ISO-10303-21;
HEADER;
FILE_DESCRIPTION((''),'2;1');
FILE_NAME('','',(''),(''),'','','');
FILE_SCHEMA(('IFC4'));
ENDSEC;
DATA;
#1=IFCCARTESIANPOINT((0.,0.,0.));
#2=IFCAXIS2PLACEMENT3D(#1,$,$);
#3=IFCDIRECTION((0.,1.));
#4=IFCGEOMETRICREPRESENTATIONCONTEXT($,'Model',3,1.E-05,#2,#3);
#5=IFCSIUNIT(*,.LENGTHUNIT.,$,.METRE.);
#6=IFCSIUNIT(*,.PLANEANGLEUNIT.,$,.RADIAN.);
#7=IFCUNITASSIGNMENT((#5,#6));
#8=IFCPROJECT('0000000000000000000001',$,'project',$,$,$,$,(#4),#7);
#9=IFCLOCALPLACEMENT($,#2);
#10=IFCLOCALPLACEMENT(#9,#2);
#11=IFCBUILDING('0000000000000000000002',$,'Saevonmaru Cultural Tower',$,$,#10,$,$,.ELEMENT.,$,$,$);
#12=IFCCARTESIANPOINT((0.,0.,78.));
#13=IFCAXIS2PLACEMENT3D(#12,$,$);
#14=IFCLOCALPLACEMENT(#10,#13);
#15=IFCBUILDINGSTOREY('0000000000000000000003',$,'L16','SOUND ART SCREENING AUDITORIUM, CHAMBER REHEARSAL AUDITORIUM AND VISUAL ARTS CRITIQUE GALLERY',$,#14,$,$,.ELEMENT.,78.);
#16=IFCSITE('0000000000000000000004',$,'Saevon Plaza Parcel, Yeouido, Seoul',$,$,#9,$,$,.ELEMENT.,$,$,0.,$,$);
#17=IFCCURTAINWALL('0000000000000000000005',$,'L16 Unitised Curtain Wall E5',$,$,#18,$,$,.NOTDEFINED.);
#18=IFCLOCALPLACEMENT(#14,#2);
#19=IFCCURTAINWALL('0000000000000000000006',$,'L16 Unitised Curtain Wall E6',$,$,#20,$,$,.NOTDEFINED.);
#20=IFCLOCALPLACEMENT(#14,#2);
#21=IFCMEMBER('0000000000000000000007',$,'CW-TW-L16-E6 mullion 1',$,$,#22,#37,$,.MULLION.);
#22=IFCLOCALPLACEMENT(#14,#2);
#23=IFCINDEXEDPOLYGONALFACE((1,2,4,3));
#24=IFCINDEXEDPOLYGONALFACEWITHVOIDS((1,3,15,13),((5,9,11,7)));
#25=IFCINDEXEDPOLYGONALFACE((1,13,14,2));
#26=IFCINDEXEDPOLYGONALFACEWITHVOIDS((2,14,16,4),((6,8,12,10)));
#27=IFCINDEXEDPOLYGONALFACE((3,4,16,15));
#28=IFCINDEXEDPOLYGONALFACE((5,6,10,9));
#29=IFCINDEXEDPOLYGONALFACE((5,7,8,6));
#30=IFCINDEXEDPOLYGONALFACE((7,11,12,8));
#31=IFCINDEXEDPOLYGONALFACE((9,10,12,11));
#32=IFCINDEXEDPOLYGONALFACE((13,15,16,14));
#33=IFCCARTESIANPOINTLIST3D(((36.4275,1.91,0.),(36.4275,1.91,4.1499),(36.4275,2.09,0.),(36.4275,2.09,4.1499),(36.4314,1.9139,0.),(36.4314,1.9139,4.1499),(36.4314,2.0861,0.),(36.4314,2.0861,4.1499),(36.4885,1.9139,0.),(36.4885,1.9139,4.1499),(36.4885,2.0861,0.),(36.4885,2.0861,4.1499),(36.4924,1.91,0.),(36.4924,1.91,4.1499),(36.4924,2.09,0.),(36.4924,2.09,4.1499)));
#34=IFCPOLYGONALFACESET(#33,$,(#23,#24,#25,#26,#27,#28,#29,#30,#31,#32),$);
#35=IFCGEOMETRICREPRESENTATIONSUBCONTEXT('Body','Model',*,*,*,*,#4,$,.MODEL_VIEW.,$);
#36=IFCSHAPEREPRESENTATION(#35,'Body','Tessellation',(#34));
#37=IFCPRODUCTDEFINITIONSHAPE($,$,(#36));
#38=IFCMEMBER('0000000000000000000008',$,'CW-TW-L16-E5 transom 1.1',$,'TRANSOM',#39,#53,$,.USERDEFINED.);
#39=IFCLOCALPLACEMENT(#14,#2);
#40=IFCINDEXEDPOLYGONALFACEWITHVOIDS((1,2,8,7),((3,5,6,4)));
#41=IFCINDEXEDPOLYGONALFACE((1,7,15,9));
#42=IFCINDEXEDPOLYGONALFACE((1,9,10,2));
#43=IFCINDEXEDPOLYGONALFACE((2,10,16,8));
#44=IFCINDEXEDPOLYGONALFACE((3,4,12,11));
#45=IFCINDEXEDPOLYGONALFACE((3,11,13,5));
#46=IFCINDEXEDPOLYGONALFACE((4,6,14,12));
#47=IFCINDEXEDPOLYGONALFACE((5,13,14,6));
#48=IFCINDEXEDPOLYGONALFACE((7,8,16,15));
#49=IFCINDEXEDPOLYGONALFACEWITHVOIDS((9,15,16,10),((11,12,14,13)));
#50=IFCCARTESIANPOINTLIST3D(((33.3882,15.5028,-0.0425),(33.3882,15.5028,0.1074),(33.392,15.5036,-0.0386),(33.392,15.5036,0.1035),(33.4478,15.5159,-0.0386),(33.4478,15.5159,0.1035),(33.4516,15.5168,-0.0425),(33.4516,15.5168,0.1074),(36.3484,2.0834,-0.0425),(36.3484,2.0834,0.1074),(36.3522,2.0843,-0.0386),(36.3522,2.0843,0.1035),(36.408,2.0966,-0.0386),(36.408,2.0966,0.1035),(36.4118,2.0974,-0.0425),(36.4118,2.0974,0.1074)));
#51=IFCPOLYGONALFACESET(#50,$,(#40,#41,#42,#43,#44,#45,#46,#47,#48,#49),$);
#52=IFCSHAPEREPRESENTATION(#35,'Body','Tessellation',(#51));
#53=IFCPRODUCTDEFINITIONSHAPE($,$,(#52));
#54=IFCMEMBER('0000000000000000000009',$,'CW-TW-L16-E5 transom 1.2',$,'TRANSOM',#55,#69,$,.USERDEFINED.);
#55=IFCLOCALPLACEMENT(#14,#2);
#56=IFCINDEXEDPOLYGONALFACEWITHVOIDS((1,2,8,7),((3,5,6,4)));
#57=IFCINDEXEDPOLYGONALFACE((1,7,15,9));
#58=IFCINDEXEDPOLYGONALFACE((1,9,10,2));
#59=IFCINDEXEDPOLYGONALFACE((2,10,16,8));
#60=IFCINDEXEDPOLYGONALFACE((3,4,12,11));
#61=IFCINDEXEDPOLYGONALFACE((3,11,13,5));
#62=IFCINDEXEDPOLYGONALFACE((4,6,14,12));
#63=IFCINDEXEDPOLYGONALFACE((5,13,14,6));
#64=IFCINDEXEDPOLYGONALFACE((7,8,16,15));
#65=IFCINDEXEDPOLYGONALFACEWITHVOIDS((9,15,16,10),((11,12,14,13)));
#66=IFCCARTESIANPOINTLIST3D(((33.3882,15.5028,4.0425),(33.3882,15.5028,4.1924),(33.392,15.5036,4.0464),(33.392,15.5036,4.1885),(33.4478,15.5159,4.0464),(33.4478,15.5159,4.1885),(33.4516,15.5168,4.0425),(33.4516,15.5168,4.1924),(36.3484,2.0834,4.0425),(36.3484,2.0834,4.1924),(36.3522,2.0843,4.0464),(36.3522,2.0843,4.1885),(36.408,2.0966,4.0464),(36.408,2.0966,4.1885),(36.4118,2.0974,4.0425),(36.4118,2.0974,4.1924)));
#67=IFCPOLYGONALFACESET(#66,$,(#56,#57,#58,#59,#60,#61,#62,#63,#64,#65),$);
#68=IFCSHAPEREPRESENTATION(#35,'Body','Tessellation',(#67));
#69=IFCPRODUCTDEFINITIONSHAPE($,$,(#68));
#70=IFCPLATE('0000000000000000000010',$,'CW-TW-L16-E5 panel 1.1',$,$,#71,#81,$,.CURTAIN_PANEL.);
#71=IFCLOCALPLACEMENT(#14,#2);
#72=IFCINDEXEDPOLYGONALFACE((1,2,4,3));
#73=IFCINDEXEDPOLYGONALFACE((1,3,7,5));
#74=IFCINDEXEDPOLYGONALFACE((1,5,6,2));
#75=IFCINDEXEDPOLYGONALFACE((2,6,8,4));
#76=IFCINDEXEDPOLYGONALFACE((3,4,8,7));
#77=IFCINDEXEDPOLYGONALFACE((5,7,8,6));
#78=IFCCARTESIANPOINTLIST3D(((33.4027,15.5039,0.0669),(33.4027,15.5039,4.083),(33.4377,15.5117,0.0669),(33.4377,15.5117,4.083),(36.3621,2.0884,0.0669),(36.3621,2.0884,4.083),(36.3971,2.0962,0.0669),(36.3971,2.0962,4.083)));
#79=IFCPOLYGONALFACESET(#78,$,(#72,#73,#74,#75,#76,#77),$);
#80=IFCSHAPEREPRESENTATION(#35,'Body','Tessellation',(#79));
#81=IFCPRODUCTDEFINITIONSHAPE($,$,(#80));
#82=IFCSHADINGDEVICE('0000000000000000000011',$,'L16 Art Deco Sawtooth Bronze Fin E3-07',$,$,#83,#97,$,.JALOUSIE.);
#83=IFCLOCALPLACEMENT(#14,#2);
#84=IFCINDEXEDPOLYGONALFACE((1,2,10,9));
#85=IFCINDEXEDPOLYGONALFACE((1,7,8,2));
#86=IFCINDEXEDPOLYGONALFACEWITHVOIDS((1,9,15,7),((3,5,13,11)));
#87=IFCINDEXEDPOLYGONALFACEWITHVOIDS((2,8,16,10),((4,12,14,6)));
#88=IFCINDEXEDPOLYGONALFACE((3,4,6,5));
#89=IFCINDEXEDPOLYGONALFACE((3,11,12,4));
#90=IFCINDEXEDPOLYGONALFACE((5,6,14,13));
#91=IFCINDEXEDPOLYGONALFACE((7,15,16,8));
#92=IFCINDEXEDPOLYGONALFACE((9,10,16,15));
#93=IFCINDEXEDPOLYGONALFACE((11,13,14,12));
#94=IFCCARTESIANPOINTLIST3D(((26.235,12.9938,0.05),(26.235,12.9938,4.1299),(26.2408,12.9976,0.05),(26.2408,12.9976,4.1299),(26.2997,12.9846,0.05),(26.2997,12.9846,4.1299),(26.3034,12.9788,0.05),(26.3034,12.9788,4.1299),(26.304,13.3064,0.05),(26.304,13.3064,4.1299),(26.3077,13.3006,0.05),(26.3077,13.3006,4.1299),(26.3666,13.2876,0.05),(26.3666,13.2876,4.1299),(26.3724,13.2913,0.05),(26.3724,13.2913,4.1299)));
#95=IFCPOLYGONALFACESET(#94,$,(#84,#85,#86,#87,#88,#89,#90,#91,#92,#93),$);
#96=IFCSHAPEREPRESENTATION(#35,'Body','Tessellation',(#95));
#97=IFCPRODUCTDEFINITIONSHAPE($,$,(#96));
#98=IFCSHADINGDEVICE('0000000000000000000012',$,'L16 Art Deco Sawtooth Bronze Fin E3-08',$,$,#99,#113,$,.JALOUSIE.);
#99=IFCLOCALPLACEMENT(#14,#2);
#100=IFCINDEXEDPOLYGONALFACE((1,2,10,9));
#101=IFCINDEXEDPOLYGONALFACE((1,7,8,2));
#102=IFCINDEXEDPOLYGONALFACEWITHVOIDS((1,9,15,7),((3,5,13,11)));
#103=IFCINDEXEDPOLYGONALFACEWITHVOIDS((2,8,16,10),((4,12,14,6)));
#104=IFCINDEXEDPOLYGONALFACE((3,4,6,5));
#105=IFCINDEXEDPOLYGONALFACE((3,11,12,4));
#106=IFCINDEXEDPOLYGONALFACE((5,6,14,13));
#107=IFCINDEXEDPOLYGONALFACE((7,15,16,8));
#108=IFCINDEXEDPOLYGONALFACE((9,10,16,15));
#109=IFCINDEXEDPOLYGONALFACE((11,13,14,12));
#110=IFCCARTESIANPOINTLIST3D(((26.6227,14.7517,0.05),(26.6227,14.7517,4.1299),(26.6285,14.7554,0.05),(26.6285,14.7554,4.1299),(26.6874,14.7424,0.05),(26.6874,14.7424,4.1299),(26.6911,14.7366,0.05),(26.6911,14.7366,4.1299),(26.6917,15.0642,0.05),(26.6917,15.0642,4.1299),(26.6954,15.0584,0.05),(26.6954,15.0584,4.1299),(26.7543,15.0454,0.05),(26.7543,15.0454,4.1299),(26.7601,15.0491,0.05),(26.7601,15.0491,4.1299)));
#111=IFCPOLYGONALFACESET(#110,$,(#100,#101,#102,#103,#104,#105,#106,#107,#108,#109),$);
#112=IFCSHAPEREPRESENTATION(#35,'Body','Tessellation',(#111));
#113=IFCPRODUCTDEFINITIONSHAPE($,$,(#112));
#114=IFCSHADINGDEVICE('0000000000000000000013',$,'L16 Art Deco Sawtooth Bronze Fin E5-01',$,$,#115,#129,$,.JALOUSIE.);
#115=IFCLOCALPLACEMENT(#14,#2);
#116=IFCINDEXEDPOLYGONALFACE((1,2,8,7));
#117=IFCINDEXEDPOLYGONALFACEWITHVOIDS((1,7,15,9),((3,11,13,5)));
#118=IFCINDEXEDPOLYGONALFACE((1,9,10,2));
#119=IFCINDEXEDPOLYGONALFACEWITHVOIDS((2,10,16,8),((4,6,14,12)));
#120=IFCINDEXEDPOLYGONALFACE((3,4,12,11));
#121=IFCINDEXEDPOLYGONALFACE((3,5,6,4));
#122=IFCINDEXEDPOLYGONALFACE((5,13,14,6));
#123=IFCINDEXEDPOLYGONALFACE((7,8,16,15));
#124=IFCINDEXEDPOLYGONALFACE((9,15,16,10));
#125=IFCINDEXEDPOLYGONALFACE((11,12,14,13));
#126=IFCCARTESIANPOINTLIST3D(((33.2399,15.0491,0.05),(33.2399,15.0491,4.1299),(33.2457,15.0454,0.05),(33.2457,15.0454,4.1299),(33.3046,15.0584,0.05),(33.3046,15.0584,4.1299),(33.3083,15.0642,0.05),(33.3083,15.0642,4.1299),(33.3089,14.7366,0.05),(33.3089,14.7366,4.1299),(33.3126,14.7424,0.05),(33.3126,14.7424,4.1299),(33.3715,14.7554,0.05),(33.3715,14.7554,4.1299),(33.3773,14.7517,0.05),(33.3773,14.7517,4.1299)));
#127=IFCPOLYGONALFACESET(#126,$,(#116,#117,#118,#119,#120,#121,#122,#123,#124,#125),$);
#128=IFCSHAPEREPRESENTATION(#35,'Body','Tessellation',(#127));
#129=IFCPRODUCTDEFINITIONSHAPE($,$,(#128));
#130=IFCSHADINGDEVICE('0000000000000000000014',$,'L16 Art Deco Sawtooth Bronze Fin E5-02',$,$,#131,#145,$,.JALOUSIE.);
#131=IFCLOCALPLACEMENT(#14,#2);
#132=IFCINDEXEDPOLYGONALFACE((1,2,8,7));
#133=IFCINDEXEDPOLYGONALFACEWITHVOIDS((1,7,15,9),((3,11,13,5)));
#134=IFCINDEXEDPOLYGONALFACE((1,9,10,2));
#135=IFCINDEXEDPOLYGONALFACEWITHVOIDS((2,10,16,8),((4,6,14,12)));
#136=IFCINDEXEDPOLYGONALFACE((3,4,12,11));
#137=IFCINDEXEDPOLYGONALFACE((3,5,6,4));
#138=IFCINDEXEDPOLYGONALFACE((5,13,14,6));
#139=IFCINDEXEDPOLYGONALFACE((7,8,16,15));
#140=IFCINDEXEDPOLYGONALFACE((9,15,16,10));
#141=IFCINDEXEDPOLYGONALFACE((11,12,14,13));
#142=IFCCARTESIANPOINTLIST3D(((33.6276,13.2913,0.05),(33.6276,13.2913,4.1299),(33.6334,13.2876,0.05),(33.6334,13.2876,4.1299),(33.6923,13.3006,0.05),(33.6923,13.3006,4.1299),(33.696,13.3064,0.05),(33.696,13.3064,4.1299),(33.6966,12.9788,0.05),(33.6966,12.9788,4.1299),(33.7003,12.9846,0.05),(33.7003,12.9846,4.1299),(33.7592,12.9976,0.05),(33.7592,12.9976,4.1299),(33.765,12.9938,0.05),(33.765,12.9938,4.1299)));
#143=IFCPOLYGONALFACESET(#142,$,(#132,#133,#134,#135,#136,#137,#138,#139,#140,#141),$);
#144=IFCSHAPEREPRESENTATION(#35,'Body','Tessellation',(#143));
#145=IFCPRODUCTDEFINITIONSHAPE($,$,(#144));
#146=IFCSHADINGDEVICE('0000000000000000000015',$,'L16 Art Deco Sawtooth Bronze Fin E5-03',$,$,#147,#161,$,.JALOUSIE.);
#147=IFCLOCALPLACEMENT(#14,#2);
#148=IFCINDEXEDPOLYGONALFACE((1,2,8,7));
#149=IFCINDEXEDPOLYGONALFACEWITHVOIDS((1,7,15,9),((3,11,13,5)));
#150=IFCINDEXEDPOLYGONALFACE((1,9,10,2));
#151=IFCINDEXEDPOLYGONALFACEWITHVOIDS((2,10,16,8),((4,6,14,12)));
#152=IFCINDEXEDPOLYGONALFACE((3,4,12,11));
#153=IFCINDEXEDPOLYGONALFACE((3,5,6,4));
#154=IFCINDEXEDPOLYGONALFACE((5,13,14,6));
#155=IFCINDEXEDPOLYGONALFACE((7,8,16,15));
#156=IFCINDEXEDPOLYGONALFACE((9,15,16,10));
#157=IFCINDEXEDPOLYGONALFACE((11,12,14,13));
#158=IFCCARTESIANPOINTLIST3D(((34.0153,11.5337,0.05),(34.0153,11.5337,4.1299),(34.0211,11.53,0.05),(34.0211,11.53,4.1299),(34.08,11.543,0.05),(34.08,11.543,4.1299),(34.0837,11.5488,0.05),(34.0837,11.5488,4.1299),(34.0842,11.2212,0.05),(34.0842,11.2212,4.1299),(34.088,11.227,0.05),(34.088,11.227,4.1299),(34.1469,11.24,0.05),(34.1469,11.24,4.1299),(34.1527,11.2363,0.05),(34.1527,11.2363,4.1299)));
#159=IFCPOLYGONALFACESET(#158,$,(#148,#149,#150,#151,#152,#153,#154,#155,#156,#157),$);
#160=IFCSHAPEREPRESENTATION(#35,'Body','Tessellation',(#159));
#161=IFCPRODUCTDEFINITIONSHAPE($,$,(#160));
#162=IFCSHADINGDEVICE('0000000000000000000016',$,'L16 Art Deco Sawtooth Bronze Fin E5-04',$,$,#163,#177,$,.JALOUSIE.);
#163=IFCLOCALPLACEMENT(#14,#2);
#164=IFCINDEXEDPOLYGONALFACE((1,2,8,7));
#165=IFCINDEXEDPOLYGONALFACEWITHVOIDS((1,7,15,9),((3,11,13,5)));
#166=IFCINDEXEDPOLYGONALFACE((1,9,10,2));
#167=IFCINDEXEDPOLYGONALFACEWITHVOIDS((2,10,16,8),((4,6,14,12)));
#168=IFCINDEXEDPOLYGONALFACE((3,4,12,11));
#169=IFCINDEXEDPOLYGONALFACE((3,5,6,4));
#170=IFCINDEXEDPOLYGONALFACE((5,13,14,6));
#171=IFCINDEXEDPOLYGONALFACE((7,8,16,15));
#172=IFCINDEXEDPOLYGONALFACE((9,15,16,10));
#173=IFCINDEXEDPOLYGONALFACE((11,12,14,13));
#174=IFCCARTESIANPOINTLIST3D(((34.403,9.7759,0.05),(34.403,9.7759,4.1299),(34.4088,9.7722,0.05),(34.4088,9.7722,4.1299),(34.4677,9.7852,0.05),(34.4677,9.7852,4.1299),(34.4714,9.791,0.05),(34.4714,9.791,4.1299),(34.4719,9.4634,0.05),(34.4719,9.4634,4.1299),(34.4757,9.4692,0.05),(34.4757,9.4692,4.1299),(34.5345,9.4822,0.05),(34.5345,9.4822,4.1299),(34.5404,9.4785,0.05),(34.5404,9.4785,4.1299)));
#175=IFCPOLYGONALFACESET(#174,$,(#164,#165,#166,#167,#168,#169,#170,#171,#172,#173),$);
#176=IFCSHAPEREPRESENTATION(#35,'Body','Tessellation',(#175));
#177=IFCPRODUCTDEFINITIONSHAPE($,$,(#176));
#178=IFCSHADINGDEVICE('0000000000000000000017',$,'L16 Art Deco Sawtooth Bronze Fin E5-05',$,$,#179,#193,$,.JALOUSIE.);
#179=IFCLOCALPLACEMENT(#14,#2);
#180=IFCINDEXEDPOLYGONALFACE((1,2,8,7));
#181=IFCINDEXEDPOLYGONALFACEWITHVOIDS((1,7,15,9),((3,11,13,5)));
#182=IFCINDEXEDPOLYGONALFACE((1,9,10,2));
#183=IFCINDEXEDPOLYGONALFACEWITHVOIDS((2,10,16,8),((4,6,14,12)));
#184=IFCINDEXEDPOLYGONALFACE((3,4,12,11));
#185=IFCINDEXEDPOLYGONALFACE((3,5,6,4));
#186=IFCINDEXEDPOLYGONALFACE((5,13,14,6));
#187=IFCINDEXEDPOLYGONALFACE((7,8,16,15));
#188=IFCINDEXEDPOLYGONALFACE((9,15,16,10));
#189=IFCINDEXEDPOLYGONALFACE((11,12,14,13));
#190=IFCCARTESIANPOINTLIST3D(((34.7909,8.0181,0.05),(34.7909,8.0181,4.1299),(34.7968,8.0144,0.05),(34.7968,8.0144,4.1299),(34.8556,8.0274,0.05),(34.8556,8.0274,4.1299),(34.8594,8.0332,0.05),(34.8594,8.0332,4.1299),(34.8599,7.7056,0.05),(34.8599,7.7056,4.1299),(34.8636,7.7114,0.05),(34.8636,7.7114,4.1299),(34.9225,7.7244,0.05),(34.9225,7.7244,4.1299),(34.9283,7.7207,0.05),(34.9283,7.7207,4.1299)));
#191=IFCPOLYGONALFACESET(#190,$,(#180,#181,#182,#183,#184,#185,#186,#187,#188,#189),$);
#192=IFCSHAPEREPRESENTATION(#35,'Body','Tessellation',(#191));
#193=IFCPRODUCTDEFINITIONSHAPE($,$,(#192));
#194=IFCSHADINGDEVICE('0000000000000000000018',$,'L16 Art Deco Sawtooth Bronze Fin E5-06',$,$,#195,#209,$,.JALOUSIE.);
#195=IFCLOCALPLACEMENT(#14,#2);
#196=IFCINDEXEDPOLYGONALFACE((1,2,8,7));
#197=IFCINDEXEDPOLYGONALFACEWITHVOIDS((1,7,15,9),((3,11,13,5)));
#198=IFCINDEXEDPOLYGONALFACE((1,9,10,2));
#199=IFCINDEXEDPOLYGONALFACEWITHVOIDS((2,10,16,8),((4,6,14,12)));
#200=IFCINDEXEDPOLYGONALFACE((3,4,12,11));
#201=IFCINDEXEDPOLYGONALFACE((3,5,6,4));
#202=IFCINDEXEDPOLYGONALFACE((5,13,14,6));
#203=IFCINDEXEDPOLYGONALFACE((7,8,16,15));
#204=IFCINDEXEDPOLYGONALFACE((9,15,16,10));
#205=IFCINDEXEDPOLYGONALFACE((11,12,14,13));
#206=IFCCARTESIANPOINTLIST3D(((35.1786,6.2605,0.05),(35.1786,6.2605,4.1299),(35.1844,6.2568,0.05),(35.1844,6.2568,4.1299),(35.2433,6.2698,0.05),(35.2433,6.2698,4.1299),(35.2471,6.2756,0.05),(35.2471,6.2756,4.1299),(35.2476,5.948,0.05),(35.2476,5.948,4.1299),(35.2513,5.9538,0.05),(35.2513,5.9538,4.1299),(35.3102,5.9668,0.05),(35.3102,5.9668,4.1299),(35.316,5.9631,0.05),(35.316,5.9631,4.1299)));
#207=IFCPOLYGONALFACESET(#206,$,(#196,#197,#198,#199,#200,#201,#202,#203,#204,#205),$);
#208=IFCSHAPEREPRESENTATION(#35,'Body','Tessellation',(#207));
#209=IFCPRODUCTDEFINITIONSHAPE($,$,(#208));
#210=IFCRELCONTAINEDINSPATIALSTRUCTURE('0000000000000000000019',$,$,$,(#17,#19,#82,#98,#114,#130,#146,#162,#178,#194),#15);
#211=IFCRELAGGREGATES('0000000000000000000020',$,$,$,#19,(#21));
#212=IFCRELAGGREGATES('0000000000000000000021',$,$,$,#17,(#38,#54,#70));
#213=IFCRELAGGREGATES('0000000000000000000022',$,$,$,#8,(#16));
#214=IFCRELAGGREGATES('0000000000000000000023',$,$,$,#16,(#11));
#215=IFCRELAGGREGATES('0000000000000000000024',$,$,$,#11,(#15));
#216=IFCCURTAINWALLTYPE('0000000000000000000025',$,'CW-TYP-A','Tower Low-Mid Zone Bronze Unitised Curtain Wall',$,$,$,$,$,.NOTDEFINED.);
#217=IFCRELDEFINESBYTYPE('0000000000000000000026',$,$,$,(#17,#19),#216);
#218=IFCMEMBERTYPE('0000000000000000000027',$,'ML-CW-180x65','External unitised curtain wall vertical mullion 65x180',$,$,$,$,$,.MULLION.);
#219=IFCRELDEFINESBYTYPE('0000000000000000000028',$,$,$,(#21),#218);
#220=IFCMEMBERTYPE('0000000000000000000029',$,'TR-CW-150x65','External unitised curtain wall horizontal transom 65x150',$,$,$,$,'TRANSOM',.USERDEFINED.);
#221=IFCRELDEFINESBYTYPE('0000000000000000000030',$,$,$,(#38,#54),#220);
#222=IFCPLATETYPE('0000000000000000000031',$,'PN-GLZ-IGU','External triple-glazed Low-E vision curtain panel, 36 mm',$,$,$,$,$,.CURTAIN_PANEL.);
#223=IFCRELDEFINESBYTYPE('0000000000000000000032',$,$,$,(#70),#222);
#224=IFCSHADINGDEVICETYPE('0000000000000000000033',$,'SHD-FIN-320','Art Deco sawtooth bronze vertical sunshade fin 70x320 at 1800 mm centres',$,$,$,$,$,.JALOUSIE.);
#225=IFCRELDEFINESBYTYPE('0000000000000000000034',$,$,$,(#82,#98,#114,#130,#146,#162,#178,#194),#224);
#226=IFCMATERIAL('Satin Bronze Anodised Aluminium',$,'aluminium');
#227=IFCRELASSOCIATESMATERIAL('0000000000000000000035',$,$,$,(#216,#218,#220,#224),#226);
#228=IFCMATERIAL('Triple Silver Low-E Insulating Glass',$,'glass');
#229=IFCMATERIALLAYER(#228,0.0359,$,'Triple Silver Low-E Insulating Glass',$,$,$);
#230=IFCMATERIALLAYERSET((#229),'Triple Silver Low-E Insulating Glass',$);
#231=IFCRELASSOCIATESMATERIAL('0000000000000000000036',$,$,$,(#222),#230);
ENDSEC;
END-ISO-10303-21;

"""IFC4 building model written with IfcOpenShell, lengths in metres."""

from ifc_helpers import new_model, si_unit, direction, frame, origin, origin_2d, place, context, subcontext, project, spatial, rectangle, hollow_rectangle, extrude, material, layer, layer_set, material_profile, profile_set, type_object, element, aggregate, save


model = new_model("IFC4")

# Units and contexts
model_context = context("Model", 3, precision=1e-05, world=origin(), true_north=direction((0.0, 1.0)))
body_context = subcontext(model_context, "Body", "Model", "MODEL_VIEW")
ifc_project = project(units=[si_unit("LENGTHUNIT", "METRE"), si_unit("PLANEANGLEUNIT", "RADIAN")], contexts=[model_context])

# Site, building, storey
site_placement = place(None, origin())
site = spatial("IfcSite", under=ifc_project, at=site_placement, Name="Saevon Plaza Parcel, Yeouido, Seoul", CompositionType="ELEMENT", RefElevation=0.0)
building_placement = place(site_placement, origin())
building = spatial("IfcBuilding", under=site, at=building_placement, Name="Saevonmaru Cultural Tower", CompositionType="ELEMENT")
storey_placement = place(building_placement, frame((0.0, 0.0, 78.0)))
storey = spatial("IfcBuildingStorey", under=building, at=storey_placement, Name="L16", Description="SOUND ART SCREENING AUDITORIUM, CHAMBER REHEARSAL AUDITORIUM AND VISUAL ARTS CRITIQUE GALLERY", CompositionType="ELEMENT", Elevation=78.0)

# Shared definitions
ifc_material_1 = material(Name="Satin Bronze Anodised Aluminium", Category="aluminium")
curtain_wall_type = type_object("IfcCurtainWallType", Name="CW-TYP-A", Description="Tower Low-Mid Zone Bronze Unitised Curtain Wall", PredefinedType="NOTDEFINED", material=ifc_material_1)
ifc_material_profile_1 = material_profile(ifc_material_1, hollow_rectangle(XDim=0.0649, YDim=0.1799, WallThickness=0.0039, at=origin_2d()), Name="ALU-MULL-180x65x4")
ifc_profile_set_1 = profile_set([ifc_material_profile_1], Name="Satin Bronze Anodised Aluminium")
member_type_1 = type_object("IfcMemberType", Name="ML-CW-180x65", Description="External unitised curtain wall vertical mullion 65x180", PredefinedType="MULLION", material=ifc_profile_set_1)

# Curtain wall
curtain_wall_1_placement = place(storey_placement, origin())
curtain_wall_1 = element("IfcCurtainWall", 1, at=curtain_wall_1_placement, inside=storey, type_object=curtain_wall_type, Name="L16 Unitised Curtain Wall E5", PredefinedType="NOTDEFINED")

# Curtain wall, member
curtain_wall_2_placement = place(storey_placement, origin())
curtain_wall_2 = element("IfcCurtainWall", 2, at=curtain_wall_2_placement, inside=storey, type_object=curtain_wall_type, Name="L16 Unitised Curtain Wall E6", PredefinedType="NOTDEFINED")
member_1_placement = place(storey_placement, frame((36.46, 2.0, 0.0), z_axis=(0.0, 0.0, 1.0), x_axis=(1.0, 0.0, 0.0)))
member_1 = element("IfcMember", 3, at=member_1_placement, type_object=member_type_1, Name="CW-TW-L16-E6 mullion 1", PredefinedType="MULLION", context=body_context, shape_type="SweptSolid", body=[
    extrude(hollow_rectangle(XDim=0.0649, YDim=0.1799, WallThickness=0.0039, at=origin_2d()), origin(), (0.0, 0.0, 1.0), 4.1499),
])
aggregate(curtain_wall_2, [member_1])

# Members
ifc_material_profile_2 = material_profile(ifc_material_1, hollow_rectangle(XDim=0.0649, YDim=0.1499, WallThickness=0.0039, at=origin_2d()), Name="ALU-TRAN-150x65x4")
ifc_profile_set_2 = profile_set([ifc_material_profile_2], Name="Satin Bronze Anodised Aluminium")
member_type_2 = type_object("IfcMemberType", Name="TR-CW-150x65", Description="External unitised curtain wall horizontal transom 65x150", ElementType="TRANSOM", PredefinedType="USERDEFINED", material=ifc_profile_set_2)
member_2_placement = place(storey_placement, frame((33.4199, 15.5098, 0.0325), z_axis=(0.215412, -0.976523, 0.0), x_axis=(0.976523, 0.215412, 0.0)))
member_2 = element("IfcMember", 4, at=member_2_placement, type_object=member_type_2, Name="CW-TW-L16-E5 transom 1.1", ObjectType="TRANSOM", PredefinedType="USERDEFINED", context=body_context, shape_type="SweptSolid", body=[
    extrude(hollow_rectangle(XDim=0.0649, YDim=0.1499, WallThickness=0.0039, at=origin_2d()), origin(), (0.0, 0.0, 1.0), 13.7419),
])
member_3_placement = place(storey_placement, frame((33.4199, 15.5098, 4.1174), z_axis=(0.215412, -0.976523, 0.0), x_axis=(0.976523, 0.215412, 0.0)))
member_3 = element("IfcMember", 5, at=member_3_placement, type_object=member_type_2, Name="CW-TW-L16-E5 transom 1.2", ObjectType="TRANSOM", PredefinedType="USERDEFINED", context=body_context, shape_type="SweptSolid", body=[
    extrude(hollow_rectangle(XDim=0.0649, YDim=0.1499, WallThickness=0.0039, at=origin_2d()), origin(), (0.0, 0.0, 1.0), 13.7419),
])

# Plate
ifc_material_2 = material(Name="Triple Silver Low-E Insulating Glass", Category="glass")
ifc_layer_1 = layer(ifc_material_2, 0.0359, Name="Triple Silver Low-E Insulating Glass")
ifc_layer_set_1 = layer_set([ifc_layer_1], Name="Triple Silver Low-E Insulating Glass")
plate_type = type_object("IfcPlateType", Name="PN-GLZ-IGU", Description="External triple-glazed Low-E vision curtain panel, 36 mm", PredefinedType="CURTAIN_PANEL", material=ifc_layer_set_1)
plate_placement = place(storey_placement, frame((34.8999, 8.8, 0.0669), z_axis=(0.0, 0.0, 1.0), x_axis=(0.215413, -0.976523, 0.0)))
plate = element("IfcPlate", 6, at=plate_placement, type_object=plate_type, Name="CW-TW-L16-E5 panel 1.1", PredefinedType="CURTAIN_PANEL", context=body_context, shape_type="SweptSolid", body=[
    extrude(rectangle(XDim=13.738, YDim=0.0359, at=origin_2d()), origin(), (0.0, 0.0, 1.0), 4.0161),
])
aggregate(curtain_wall_1, [member_2, member_3, plate])

# Shading devices
ifc_material_profile_3 = material_profile(ifc_material_1, hollow_rectangle(XDim=0.0701, YDim=0.3201, WallThickness=0.0049, at=origin_2d()), Name="FIN-320x70")
ifc_profile_set_3 = profile_set([ifc_material_profile_3], Name="Satin Bronze Anodised Aluminium")
shading_device_type = type_object("IfcShadingDeviceType", Name="SHD-FIN-320", Description="Art Deco sawtooth bronze vertical sunshade fin 70x320 at 1800 mm centres", PredefinedType="JALOUSIE", material=ifc_profile_set_3)
for number, where, z_axis, x_axis, name in (
    (7, (26.3037, 13.1426, 0.05), (0.0, 0.0, 1.0), (0.976522, -0.215417, 0.0), "L16 Art Deco Sawtooth Bronze Fin E3-07"),
    (8, (26.6914, 14.9004, 0.05), (0.0, 0.0, 1.0), (0.976522, -0.215417, 0.0), "L16 Art Deco Sawtooth Bronze Fin E3-08"),
    (9, (33.3086, 14.9004, 0.05), (0.0, 0.0, 1.0), (-0.976522, -0.215417, 0.0), "L16 Art Deco Sawtooth Bronze Fin E5-01"),
    (10, (33.6963, 13.1426, 0.05), (0.0, 0.0, 1.0), (-0.976522, -0.215417, 0.0), "L16 Art Deco Sawtooth Bronze Fin E5-02"),
    (11, (34.084, 11.385, 0.05), (0.0, 0.0, 1.0), (-0.976522, -0.215417, 0.0), "L16 Art Deco Sawtooth Bronze Fin E5-03"),
    (12, (34.4717, 9.6272, 0.05), (0.0, 0.0, 1.0), (-0.976522, -0.215417, 0.0), "L16 Art Deco Sawtooth Bronze Fin E5-04"),
    (13, (34.8596, 7.8694, 0.05), (0.0, 0.0, 1.0), (-0.976522, -0.215417, 0.0), "L16 Art Deco Sawtooth Bronze Fin E5-05"),
    (14, (35.2473, 6.1118, 0.05), (0.0, 0.0, 1.0), (-0.976522, -0.215417, 0.0), "L16 Art Deco Sawtooth Bronze Fin E5-06"),
):
    element("IfcShadingDevice", number, at=place(storey_placement, frame(where, z_axis=z_axis, x_axis=x_axis)), inside=storey, type_object=shading_device_type, Name=name, PredefinedType="JALOUSIE", context=body_context, shape_type="SweptSolid", body=[
        extrude(hollow_rectangle(XDim=0.0701, YDim=0.3201, WallThickness=0.0049, at=origin_2d()), origin(), (0.0, 0.0, 1.0), 4.0798),
    ])

save(model, "model.ifc")
